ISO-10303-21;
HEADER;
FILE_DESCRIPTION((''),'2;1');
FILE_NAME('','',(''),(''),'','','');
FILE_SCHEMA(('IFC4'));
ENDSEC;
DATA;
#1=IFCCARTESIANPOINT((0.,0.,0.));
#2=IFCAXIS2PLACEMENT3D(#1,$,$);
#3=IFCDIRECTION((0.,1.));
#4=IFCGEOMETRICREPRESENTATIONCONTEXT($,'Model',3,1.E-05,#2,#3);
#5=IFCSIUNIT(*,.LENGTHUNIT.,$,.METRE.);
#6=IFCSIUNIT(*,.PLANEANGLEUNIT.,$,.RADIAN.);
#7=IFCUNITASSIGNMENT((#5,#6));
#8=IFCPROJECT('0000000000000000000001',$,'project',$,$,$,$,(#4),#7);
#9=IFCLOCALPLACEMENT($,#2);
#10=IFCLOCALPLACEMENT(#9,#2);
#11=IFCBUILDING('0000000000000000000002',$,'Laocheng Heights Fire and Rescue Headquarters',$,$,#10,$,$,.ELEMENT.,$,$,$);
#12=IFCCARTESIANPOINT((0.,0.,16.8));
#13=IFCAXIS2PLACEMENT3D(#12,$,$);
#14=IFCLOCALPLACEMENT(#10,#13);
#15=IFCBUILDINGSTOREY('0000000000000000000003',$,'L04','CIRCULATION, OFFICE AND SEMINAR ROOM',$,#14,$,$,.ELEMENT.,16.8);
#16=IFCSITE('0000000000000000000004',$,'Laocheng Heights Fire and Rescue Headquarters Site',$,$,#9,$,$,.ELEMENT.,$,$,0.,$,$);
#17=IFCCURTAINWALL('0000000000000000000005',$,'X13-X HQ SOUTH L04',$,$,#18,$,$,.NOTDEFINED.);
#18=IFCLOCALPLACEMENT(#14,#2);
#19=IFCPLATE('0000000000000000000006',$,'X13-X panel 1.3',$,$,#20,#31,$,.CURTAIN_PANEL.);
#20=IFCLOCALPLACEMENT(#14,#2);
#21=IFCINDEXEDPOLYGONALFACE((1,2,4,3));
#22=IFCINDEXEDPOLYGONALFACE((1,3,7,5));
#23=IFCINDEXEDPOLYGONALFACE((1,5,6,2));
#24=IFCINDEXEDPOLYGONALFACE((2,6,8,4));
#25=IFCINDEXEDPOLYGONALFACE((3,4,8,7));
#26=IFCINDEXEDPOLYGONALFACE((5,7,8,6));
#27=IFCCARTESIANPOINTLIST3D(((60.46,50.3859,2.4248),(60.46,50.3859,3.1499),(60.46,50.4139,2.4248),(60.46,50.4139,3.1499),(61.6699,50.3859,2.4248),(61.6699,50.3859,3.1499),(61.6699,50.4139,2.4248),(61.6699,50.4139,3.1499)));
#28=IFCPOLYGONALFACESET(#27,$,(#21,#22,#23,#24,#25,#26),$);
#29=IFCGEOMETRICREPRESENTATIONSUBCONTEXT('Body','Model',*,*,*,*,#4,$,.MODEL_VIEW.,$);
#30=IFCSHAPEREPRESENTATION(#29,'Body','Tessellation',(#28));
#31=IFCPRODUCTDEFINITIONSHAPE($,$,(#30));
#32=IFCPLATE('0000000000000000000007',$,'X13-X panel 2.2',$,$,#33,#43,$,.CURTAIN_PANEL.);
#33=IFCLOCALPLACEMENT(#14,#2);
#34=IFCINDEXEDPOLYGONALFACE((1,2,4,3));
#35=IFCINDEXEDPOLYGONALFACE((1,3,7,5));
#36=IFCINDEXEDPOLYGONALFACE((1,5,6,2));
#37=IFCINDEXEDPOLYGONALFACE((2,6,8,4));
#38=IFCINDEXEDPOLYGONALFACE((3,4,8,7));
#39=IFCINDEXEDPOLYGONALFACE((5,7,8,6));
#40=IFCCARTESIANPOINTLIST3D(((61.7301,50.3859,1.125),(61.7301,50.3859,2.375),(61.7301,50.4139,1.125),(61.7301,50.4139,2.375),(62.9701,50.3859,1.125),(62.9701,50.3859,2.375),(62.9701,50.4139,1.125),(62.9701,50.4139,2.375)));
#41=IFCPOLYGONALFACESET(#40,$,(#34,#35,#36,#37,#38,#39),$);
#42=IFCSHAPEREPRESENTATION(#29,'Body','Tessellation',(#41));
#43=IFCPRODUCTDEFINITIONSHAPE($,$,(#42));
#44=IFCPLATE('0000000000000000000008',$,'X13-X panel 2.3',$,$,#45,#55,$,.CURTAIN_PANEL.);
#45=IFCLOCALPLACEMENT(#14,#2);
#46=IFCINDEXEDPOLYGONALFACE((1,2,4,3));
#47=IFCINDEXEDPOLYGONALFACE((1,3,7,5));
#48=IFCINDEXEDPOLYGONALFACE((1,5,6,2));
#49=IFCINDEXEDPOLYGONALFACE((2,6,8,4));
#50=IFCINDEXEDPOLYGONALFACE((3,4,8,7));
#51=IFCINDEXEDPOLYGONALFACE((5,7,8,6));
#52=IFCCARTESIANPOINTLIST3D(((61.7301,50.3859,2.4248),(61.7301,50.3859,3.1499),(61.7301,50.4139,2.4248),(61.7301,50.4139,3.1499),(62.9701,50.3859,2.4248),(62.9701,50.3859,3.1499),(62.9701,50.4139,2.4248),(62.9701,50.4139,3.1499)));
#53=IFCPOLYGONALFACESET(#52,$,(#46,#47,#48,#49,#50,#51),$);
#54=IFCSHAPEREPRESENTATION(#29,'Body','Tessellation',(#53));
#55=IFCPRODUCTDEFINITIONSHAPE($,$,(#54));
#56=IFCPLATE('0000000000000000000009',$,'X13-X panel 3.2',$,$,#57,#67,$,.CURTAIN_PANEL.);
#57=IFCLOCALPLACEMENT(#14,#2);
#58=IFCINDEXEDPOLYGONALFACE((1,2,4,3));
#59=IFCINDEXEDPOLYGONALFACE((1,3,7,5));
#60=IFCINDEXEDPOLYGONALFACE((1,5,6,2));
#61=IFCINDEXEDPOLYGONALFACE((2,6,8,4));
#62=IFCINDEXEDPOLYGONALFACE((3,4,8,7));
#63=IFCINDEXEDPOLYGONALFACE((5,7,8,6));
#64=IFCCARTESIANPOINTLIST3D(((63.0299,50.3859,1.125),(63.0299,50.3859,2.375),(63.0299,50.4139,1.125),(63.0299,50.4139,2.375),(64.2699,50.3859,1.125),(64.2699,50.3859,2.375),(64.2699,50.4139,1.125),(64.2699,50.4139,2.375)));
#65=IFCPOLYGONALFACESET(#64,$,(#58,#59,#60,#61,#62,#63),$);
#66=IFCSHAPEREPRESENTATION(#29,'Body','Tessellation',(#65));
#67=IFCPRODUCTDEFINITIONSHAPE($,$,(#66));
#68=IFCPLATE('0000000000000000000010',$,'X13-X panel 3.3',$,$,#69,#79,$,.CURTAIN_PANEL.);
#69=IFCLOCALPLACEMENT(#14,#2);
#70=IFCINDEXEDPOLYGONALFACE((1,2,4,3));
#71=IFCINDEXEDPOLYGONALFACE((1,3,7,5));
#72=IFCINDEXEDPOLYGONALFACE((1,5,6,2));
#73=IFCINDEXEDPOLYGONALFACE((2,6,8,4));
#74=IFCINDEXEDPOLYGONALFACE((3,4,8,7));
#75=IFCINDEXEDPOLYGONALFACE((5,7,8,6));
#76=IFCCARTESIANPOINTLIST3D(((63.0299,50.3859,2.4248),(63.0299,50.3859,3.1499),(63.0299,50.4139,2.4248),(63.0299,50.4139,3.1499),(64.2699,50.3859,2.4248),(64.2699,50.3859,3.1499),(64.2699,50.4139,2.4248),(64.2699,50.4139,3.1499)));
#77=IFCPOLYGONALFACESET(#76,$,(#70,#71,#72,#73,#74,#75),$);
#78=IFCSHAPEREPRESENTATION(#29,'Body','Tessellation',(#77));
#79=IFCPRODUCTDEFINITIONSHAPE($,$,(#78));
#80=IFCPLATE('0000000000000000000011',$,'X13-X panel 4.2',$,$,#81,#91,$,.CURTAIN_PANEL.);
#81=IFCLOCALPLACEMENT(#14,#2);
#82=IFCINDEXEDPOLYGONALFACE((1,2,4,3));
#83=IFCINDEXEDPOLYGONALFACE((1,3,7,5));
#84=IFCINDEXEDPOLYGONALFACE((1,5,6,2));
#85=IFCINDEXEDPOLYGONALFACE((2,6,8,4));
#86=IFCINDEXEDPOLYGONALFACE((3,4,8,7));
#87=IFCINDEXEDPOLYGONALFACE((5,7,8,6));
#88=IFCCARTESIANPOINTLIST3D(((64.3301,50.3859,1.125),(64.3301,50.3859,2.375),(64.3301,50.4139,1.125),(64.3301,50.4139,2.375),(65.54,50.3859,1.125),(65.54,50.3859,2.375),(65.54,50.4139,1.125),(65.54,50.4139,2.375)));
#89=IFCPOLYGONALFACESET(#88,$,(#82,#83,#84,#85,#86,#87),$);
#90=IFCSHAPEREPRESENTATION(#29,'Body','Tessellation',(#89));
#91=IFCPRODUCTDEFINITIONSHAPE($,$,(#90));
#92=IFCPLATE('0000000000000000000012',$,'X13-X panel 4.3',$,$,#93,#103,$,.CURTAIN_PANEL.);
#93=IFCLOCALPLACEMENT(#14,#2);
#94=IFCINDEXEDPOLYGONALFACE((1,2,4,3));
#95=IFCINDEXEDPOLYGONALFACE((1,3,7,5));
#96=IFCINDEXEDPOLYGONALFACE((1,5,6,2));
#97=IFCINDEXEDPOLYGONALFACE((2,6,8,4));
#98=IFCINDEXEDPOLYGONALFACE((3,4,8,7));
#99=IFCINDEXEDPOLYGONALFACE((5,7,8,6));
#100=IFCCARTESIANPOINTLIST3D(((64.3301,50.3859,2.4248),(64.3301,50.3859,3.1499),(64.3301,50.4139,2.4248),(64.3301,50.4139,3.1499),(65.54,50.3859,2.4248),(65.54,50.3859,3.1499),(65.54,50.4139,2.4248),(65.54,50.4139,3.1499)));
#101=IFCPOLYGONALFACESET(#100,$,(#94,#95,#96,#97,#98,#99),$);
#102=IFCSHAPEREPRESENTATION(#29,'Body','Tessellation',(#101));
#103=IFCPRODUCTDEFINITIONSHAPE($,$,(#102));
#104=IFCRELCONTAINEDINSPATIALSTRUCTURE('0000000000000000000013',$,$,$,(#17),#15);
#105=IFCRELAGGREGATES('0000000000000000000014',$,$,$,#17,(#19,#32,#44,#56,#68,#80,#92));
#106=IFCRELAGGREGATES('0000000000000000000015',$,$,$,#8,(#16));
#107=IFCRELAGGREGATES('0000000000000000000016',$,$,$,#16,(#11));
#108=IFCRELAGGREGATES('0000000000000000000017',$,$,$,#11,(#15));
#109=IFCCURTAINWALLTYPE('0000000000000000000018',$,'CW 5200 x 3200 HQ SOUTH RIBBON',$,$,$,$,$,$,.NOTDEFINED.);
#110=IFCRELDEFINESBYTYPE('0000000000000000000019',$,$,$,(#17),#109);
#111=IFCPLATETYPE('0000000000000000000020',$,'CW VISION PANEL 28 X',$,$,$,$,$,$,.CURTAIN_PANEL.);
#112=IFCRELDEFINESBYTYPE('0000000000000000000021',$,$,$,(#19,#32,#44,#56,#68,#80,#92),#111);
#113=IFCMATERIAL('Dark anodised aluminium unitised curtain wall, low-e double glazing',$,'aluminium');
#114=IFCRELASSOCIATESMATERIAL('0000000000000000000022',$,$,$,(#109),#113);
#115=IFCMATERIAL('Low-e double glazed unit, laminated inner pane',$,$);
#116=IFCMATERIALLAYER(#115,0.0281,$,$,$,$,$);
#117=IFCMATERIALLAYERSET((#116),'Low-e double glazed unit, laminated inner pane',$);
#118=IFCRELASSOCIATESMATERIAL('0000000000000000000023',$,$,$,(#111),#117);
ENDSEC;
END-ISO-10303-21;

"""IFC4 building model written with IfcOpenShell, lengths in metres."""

from ifc_helpers import new_model, si_unit, direction, frame, origin, origin_2d, place, context, subcontext, project, spatial, rectangle, extrude, material, layer, layer_set, type_object, element, aggregate, save


model = new_model("IFC4")

# Units and contexts
model_context = context("Model", 3, precision=1e-05, world=origin(), true_north=direction((0.0, 1.0)))
body_context = subcontext(model_context, "Body", "Model", "MODEL_VIEW")
ifc_project = project(units=[si_unit("LENGTHUNIT", "METRE"), si_unit("PLANEANGLEUNIT", "RADIAN")], contexts=[model_context])

# Site, building, storey
site_placement = place(None, origin())
site = spatial("IfcSite", under=ifc_project, at=site_placement, Name="Laocheng Heights Fire and Rescue Headquarters Site", CompositionType="ELEMENT", RefElevation=0.0)
building_placement = place(site_placement, origin())
building = spatial("IfcBuilding", under=site, at=building_placement, Name="Laocheng Heights Fire and Rescue Headquarters", CompositionType="ELEMENT")
storey_placement = place(building_placement, frame((0.0, 0.0, 16.8)))
storey = spatial("IfcBuildingStorey", under=building, at=storey_placement, Name="L04", Description="CIRCULATION, OFFICE AND SEMINAR ROOM", CompositionType="ELEMENT", Elevation=16.8)

# Curtain wall
ifc_material_1 = material(Name="Dark anodised aluminium unitised curtain wall, low-e double glazing", Category="aluminium")
curtain_wall_type = type_object("IfcCurtainWallType", Name="CW 5200 x 3200 HQ SOUTH RIBBON", PredefinedType="NOTDEFINED", material=ifc_material_1)
curtain_wall_1_placement = place(storey_placement, origin())
curtain_wall_1 = element("IfcCurtainWall", 1, at=curtain_wall_1_placement, inside=storey, type_object=curtain_wall_type, Name="X13-X HQ SOUTH L04", PredefinedType="NOTDEFINED")

# Plates
ifc_material_2 = material(Name="Low-e double glazed unit, laminated inner pane")
ifc_layer_1 = layer(ifc_material_2, 0.0281)
ifc_layer_set_1 = layer_set([ifc_layer_1], Name="Low-e double glazed unit, laminated inner pane")
plate_type_1 = type_object("IfcPlateType", Name="CW VISION PANEL 28 X", PredefinedType="CURTAIN_PANEL", material=ifc_layer_set_1)
plate_1_placement = place(storey_placement, frame((61.0649, 50.3999, 2.4248), z_axis=(0.0, 0.0, 1.0), x_axis=(1.0, 0.0, 0.0)))
plate_1 = element("IfcPlate", 2, at=plate_1_placement, type_object=plate_type_1, Name="X13-X panel 1.3", PredefinedType="CURTAIN_PANEL", context=body_context, shape_type="SweptSolid", body=[
    extrude(rectangle(XDim=1.21, YDim=0.0281, at=origin_2d()), origin(), (0.0, 0.0, 1.0), 0.7251),
])
plate_2_placement = place(storey_placement, frame((62.3501, 50.3999, 1.125), z_axis=(0.0, 0.0, 1.0), x_axis=(1.0, 0.0, 0.0)))
plate_2 = element("IfcPlate", 3, at=plate_2_placement, type_object=plate_type_1, Name="X13-X panel 2.2", PredefinedType="CURTAIN_PANEL", context=body_context, shape_type="SweptSolid", body=[
    extrude(rectangle(XDim=1.24, YDim=0.0281, at=origin_2d()), origin(), (0.0, 0.0, 1.0), 1.25),
])
plate_3_placement = place(storey_placement, frame((62.3501, 50.3999, 2.4248), z_axis=(0.0, 0.0, 1.0), x_axis=(1.0, 0.0, 0.0)))
plate_3 = element("IfcPlate", 4, at=plate_3_placement, type_object=plate_type_1, Name="X13-X panel 2.3", PredefinedType="CURTAIN_PANEL", context=body_context, shape_type="SweptSolid", body=[
    extrude(rectangle(XDim=1.24, YDim=0.0281, at=origin_2d()), origin(), (0.0, 0.0, 1.0), 0.7251),
])
plate_4_placement = place(storey_placement, frame((63.6499, 50.3999, 1.125), z_axis=(0.0, 0.0, 1.0), x_axis=(1.0, 0.0, 0.0)))
plate_4 = element("IfcPlate", 5, at=plate_4_placement, type_object=plate_type_1, Name="X13-X panel 3.2", PredefinedType="CURTAIN_PANEL", context=body_context, shape_type="SweptSolid", body=[
    extrude(rectangle(XDim=1.24, YDim=0.0281, at=origin_2d()), origin(), (0.0, 0.0, 1.0), 1.25),
])
plate_5_placement = place(storey_placement, frame((63.6499, 50.3999, 2.4248), z_axis=(0.0, 0.0, 1.0), x_axis=(1.0, 0.0, 0.0)))
plate_5 = element("IfcPlate", 6, at=plate_5_placement, type_object=plate_type_1, Name="X13-X panel 3.3", PredefinedType="CURTAIN_PANEL", context=body_context, shape_type="SweptSolid", body=[
    extrude(rectangle(XDim=1.24, YDim=0.0281, at=origin_2d()), origin(), (0.0, 0.0, 1.0), 0.7251),
])
plate_6_placement = place(storey_placement, frame((64.9351, 50.3999, 1.125), z_axis=(0.0, 0.0, 1.0), x_axis=(1.0, 0.0, 0.0)))
plate_6 = element("IfcPlate", 7, at=plate_6_placement, type_object=plate_type_1, Name="X13-X panel 4.2", PredefinedType="CURTAIN_PANEL", context=body_context, shape_type="SweptSolid", body=[
    extrude(rectangle(XDim=1.21, YDim=0.0281, at=origin_2d()), origin(), (0.0, 0.0, 1.0), 1.25),
])
plate_7_placement = place(storey_placement, frame((64.9351, 50.3999, 2.4248), z_axis=(0.0, 0.0, 1.0), x_axis=(1.0, 0.0, 0.0)))
plate_7 = element("IfcPlate", 8, at=plate_7_placement, type_object=plate_type_1, Name="X13-X panel 4.3", PredefinedType="CURTAIN_PANEL", context=body_context, shape_type="SweptSolid", body=[
    extrude(rectangle(XDim=1.21, YDim=0.0281, at=origin_2d()), origin(), (0.0, 0.0, 1.0), 0.7251),
])
aggregate(curtain_wall_1, [plate_1, plate_2, plate_3, plate_4, plate_5, plate_6, plate_7])

save(model, "model.ifc")
